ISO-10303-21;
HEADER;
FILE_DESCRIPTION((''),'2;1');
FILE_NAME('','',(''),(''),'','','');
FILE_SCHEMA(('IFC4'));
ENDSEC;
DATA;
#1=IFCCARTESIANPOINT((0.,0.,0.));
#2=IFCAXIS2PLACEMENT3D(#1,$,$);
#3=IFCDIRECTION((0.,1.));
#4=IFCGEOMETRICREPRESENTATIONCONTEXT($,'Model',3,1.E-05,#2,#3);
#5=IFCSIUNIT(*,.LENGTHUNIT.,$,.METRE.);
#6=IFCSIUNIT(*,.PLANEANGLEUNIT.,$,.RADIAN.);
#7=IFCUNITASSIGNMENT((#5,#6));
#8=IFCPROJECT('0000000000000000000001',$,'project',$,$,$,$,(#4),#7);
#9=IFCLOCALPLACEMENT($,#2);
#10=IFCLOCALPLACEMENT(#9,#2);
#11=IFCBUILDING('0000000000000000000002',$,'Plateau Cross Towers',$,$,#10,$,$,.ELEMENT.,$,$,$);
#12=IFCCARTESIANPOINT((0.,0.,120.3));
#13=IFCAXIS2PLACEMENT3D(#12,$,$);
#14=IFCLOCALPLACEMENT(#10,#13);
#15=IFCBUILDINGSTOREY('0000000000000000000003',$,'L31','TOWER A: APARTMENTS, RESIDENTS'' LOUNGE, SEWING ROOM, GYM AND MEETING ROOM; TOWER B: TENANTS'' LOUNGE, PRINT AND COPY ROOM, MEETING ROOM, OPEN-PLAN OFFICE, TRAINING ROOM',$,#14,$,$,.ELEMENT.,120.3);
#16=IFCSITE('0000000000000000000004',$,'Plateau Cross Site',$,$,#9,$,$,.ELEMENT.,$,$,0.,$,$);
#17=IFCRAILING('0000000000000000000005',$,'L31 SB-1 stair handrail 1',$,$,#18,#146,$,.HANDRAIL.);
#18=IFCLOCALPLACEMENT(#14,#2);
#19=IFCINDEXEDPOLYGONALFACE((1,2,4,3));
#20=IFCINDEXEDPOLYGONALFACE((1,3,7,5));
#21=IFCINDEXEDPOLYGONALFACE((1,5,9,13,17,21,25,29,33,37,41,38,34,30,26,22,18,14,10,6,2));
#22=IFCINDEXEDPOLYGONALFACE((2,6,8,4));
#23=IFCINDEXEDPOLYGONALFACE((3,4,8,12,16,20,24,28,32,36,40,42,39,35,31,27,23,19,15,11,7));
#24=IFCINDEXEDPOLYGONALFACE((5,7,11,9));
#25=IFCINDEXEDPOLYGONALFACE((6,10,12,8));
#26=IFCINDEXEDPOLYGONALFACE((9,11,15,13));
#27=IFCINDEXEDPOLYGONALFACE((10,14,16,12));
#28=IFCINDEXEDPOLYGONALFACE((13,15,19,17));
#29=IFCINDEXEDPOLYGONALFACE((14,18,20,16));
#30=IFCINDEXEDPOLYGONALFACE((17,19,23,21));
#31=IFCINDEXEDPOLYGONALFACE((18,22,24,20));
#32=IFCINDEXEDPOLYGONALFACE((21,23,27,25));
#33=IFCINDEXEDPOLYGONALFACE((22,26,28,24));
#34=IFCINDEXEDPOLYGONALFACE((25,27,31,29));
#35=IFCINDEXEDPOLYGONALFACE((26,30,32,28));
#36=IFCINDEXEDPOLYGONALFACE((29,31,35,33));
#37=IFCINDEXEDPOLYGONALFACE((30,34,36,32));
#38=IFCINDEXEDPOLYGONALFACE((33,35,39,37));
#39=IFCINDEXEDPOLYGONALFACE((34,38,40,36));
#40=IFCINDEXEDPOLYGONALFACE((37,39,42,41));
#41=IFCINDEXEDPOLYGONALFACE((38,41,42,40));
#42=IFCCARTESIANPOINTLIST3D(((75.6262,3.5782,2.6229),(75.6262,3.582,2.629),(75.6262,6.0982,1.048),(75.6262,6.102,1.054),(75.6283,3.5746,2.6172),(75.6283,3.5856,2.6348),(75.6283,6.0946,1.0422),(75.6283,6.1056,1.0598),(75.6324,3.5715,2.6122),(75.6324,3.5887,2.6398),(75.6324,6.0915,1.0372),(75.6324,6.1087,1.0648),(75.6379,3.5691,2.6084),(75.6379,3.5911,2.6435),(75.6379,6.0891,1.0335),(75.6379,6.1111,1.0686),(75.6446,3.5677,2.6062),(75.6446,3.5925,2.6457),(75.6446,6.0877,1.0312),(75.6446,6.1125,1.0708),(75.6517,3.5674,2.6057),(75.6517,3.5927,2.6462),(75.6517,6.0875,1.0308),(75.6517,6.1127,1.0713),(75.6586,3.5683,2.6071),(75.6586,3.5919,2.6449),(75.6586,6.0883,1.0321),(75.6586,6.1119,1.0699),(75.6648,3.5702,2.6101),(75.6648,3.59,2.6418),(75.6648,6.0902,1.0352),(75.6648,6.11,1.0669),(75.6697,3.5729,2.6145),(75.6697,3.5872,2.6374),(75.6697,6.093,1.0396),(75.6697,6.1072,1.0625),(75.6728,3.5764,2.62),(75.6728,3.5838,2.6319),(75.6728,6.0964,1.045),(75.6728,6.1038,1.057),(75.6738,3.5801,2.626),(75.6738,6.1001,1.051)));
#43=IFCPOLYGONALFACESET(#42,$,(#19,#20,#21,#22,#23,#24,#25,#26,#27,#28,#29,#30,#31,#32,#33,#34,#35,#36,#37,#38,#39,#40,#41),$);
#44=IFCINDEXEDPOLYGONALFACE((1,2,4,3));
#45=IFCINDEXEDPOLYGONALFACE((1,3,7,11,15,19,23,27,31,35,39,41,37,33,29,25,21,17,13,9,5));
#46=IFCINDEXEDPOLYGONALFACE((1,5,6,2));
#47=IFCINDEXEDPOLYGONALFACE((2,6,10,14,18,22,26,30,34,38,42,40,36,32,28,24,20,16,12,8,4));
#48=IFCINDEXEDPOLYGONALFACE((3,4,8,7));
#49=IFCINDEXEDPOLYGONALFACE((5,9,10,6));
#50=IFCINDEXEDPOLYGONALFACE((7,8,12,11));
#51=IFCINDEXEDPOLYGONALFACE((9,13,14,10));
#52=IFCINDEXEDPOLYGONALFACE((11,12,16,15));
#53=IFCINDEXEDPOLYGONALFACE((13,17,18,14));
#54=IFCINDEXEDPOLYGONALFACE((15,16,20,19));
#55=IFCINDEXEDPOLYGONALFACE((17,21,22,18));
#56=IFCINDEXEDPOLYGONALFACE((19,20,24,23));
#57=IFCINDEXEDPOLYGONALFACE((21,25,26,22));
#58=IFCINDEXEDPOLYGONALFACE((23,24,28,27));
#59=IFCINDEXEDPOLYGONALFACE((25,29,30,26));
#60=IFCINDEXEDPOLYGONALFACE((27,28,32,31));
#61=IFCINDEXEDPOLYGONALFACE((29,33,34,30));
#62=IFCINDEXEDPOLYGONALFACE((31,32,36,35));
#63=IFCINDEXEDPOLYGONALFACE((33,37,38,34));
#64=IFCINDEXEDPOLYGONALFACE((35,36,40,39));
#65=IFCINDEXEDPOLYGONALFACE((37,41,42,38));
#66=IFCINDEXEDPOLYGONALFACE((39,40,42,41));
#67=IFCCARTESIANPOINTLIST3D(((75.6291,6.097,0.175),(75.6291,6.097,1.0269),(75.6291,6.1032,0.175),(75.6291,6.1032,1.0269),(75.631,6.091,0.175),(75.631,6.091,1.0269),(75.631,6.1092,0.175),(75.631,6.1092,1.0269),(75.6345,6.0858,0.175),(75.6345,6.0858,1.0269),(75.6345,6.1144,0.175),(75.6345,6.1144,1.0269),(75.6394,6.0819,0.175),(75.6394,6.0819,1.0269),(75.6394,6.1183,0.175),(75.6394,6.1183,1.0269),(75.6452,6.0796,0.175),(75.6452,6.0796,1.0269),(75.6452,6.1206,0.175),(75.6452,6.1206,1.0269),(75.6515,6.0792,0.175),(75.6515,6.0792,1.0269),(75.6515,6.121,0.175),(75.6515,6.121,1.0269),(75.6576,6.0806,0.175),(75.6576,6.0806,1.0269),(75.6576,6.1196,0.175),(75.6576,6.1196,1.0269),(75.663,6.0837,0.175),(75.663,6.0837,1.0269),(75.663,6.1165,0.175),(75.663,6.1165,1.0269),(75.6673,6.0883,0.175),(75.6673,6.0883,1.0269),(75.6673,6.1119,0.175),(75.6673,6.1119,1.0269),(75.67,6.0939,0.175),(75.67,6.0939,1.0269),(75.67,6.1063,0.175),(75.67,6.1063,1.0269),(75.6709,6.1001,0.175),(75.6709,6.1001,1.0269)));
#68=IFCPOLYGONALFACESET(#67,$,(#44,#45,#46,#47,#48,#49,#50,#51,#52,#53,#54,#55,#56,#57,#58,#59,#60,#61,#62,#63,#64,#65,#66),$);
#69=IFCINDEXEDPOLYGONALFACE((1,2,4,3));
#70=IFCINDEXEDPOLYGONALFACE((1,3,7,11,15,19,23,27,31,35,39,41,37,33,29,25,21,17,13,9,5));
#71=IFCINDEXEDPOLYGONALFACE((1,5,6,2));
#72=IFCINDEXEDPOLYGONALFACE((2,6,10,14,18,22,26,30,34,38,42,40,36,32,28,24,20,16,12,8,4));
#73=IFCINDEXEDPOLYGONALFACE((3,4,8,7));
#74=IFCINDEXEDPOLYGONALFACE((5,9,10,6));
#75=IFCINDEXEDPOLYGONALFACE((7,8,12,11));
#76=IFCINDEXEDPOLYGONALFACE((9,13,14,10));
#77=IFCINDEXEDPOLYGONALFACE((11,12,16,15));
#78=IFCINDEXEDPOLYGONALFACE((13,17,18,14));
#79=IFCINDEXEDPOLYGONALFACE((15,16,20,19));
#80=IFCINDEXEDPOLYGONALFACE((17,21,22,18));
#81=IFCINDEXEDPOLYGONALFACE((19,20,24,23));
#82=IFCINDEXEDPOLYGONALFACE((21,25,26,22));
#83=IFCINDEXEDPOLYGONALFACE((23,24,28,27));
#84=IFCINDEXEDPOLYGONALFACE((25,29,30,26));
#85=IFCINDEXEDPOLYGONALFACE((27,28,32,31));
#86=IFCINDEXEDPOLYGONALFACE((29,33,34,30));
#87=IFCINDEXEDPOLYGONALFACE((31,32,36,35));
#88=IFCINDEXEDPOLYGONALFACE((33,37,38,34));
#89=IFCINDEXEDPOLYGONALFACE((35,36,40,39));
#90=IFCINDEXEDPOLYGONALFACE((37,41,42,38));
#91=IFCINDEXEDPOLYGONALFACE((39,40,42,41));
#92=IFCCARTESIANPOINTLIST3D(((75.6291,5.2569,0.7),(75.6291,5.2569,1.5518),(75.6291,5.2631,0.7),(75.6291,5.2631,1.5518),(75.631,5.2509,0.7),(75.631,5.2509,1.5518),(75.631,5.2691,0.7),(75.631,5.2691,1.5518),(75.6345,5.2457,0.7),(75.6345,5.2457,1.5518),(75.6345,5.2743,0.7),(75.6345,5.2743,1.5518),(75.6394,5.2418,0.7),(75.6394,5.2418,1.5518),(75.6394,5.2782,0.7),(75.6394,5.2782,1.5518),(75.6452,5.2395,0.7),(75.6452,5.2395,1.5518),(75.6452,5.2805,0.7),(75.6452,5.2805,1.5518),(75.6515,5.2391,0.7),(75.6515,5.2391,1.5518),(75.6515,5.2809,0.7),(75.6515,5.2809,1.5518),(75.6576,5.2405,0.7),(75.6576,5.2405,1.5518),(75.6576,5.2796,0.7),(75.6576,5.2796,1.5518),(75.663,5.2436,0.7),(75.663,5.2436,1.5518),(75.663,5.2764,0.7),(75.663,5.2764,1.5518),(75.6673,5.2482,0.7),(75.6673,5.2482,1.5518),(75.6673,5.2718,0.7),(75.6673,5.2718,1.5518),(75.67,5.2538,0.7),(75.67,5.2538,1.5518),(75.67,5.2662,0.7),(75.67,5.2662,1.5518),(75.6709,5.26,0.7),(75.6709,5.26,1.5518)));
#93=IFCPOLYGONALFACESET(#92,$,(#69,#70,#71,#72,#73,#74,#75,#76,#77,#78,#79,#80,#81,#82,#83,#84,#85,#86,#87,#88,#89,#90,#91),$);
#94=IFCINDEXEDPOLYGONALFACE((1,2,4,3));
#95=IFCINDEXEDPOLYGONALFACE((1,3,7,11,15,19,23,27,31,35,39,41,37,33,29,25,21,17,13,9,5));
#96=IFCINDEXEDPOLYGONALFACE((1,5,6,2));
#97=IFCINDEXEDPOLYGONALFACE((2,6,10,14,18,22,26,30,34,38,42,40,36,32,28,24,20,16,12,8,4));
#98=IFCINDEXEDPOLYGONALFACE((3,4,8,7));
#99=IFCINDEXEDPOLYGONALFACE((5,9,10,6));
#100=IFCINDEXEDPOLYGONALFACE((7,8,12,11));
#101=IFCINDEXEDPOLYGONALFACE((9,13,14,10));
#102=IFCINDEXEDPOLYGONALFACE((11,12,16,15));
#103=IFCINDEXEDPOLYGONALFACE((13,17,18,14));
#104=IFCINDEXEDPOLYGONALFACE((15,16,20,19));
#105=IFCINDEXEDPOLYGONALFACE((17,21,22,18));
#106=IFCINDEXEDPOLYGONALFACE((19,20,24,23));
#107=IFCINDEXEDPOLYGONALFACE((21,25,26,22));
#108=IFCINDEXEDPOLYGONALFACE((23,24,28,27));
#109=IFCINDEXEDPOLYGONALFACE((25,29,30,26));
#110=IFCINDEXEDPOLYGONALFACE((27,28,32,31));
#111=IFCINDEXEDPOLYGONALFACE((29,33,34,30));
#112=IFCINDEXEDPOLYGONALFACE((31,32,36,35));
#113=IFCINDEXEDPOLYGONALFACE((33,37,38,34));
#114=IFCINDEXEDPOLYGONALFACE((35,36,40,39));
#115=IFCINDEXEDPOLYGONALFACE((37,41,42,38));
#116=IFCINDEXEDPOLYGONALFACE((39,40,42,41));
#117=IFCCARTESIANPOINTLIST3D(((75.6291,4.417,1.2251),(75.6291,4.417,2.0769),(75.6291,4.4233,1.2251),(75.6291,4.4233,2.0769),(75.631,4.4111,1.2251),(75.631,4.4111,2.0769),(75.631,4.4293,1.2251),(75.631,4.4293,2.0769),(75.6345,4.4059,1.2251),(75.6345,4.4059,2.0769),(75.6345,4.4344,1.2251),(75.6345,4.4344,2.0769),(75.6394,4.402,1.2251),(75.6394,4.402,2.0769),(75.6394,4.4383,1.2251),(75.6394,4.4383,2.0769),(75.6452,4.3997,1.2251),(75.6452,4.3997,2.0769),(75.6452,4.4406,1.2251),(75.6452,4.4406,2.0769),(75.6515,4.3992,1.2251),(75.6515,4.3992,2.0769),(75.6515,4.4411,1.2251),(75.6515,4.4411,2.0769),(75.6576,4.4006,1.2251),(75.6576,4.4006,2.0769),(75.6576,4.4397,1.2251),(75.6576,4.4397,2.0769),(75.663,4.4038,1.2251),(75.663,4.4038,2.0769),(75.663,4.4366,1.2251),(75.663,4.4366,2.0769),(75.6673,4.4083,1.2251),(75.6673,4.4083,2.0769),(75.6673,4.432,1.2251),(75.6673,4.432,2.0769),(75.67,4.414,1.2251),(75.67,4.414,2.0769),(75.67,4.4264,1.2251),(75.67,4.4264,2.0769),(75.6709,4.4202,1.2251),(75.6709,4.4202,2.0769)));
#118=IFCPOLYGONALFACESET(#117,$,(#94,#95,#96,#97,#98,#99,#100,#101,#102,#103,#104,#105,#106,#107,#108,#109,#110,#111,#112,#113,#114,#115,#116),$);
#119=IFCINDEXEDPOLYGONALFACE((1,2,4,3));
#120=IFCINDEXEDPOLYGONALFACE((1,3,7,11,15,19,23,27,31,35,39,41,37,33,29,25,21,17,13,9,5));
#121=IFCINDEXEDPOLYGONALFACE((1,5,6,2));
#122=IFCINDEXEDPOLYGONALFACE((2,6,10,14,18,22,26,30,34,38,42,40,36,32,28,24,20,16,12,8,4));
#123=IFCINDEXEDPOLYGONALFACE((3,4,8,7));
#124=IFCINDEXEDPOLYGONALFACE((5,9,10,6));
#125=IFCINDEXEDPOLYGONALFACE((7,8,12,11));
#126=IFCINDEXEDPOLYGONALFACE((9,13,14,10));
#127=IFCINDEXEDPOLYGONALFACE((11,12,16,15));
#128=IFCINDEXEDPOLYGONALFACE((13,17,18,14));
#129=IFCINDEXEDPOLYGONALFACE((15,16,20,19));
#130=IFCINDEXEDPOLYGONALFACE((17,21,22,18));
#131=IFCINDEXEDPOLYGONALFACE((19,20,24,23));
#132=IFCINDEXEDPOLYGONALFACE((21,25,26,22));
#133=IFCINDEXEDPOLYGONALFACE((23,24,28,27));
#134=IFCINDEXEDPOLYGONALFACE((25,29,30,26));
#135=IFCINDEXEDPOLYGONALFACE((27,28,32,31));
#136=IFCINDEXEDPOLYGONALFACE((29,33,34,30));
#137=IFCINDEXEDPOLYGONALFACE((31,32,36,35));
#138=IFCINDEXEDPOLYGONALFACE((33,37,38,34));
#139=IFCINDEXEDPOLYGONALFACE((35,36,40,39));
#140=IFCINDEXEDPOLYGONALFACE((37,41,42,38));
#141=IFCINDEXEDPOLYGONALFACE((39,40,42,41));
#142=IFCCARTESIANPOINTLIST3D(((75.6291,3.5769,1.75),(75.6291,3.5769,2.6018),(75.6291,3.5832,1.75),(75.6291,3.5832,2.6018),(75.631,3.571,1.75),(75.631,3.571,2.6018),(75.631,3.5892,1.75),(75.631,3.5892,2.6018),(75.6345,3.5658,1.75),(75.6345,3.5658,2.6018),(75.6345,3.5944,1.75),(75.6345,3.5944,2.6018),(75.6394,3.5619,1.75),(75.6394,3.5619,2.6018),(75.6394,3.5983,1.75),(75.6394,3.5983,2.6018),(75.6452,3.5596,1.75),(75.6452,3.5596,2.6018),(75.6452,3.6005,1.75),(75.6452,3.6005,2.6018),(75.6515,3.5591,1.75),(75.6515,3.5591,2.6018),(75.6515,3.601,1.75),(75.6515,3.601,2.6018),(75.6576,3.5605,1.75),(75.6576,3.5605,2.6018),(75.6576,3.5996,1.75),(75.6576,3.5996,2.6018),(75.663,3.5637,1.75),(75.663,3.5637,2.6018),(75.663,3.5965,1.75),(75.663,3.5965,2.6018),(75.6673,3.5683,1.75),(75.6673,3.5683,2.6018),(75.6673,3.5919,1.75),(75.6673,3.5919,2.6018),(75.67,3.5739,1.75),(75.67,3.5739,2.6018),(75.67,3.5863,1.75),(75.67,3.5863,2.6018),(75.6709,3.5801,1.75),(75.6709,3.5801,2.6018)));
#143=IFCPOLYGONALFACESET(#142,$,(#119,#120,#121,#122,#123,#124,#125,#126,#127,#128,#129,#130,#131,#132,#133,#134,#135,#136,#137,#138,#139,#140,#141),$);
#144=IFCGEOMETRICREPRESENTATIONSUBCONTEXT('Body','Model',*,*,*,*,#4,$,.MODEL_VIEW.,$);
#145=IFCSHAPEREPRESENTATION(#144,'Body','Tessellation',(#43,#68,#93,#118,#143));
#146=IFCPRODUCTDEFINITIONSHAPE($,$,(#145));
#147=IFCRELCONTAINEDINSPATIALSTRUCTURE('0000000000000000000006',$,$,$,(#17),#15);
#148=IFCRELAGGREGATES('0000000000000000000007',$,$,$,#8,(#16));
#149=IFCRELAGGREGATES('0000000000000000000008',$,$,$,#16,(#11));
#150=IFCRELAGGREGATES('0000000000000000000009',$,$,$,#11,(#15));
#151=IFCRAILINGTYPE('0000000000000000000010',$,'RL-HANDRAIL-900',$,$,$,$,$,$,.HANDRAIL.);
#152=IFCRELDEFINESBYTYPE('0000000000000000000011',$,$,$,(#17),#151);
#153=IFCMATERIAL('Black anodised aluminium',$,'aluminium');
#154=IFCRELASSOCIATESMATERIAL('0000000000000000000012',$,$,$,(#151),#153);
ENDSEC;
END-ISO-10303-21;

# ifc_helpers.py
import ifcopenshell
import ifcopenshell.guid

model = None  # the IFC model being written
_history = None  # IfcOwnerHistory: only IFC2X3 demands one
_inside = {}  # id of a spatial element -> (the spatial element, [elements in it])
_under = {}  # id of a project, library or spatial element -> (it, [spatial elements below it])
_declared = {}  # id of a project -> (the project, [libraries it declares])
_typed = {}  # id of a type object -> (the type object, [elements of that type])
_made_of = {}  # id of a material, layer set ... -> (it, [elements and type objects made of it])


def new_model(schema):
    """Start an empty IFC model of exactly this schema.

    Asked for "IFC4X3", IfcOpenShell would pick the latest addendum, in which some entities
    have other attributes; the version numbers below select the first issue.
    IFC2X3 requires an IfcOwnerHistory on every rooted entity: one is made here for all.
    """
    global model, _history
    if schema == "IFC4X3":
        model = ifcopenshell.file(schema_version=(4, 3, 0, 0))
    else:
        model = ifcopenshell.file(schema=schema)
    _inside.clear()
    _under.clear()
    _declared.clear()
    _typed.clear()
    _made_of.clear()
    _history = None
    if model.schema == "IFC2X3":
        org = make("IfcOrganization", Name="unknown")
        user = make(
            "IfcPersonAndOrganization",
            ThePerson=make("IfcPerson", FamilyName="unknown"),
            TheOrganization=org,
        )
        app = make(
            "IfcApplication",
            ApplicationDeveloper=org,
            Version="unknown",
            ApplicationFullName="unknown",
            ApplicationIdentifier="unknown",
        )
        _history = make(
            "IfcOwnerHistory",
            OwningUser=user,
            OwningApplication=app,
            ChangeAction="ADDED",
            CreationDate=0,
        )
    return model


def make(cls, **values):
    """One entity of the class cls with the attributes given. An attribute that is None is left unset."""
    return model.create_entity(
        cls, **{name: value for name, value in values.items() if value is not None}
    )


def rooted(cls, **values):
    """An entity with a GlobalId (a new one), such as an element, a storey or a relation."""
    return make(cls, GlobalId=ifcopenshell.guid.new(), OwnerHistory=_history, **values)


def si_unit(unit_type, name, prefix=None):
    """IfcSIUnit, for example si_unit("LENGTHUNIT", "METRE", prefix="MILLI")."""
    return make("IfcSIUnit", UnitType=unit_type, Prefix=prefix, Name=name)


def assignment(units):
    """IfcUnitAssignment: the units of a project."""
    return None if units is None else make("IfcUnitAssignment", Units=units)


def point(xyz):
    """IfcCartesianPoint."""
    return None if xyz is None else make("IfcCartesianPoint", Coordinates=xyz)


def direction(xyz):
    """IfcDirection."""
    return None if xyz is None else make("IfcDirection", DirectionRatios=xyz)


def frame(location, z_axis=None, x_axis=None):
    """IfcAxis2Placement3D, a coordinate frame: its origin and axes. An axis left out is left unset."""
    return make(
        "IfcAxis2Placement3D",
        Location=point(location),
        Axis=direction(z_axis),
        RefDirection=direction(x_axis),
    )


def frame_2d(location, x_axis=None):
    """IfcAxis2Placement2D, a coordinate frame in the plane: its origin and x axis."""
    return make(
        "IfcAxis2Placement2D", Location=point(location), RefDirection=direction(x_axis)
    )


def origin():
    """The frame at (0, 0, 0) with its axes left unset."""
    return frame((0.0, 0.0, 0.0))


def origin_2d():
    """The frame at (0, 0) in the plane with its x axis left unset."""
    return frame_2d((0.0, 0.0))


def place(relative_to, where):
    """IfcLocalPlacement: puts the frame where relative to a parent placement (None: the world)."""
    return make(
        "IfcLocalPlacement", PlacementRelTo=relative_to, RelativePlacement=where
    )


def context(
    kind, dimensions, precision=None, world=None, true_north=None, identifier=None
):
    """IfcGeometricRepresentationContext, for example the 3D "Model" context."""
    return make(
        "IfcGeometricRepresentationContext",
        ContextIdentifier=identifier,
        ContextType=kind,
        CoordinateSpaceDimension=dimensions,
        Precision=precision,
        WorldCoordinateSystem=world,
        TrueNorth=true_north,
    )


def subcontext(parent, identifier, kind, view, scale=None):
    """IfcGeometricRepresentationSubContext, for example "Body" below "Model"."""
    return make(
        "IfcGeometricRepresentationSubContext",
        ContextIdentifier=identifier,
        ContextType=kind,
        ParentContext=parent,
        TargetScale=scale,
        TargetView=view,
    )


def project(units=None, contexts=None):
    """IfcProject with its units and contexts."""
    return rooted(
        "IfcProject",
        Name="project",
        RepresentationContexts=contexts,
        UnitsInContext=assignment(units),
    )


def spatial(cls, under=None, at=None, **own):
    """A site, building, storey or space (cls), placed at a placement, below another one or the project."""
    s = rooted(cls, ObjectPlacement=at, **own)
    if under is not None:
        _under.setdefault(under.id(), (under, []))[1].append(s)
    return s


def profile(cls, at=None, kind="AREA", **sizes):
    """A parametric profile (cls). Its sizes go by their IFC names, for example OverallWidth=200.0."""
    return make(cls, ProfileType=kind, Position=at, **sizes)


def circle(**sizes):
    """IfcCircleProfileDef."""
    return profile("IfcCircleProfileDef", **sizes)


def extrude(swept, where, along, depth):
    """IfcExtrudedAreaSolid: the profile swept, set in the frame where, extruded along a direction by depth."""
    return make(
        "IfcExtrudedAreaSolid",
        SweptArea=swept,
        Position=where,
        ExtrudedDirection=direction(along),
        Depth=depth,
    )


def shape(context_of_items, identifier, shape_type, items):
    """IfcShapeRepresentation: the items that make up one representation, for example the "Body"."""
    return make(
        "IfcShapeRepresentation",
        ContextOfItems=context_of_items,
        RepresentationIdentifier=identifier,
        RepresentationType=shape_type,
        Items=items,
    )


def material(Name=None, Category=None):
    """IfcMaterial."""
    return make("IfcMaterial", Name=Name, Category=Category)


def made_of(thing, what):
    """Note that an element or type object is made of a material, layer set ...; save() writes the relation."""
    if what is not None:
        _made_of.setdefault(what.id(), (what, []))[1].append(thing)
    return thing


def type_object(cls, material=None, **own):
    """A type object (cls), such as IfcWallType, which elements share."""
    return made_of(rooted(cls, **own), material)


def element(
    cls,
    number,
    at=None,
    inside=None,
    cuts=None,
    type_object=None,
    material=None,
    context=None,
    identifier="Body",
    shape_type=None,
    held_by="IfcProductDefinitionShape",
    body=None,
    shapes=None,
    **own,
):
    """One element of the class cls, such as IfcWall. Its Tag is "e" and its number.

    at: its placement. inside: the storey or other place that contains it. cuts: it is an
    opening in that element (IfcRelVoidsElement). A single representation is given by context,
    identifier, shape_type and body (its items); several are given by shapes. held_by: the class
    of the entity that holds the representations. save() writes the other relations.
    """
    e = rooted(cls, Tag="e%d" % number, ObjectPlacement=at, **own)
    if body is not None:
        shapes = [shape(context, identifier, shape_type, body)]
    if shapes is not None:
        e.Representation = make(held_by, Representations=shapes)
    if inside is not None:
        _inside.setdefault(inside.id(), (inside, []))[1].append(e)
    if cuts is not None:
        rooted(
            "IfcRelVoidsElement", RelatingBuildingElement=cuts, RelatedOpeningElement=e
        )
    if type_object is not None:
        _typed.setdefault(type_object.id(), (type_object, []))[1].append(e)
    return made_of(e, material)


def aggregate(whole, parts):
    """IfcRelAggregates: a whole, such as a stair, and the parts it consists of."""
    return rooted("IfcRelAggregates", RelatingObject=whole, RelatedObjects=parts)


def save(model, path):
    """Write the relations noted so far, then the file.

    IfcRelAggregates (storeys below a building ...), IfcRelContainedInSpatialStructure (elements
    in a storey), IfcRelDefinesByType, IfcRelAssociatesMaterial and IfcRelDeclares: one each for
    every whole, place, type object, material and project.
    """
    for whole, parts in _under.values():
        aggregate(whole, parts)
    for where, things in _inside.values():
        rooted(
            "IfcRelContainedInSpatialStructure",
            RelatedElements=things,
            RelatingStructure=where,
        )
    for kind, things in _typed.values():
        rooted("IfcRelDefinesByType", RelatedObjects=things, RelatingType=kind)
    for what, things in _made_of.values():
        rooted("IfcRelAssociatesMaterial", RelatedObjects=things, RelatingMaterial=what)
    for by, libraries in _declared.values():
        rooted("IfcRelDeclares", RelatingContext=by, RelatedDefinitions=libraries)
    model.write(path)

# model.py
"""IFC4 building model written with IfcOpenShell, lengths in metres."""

from ifc_helpers import new_model, si_unit, direction, frame, origin, origin_2d, place, context, subcontext, project, spatial, circle, extrude, material, type_object, element, save


model = new_model("IFC4")

# Units and contexts
model_context = context("Model", 3, precision=1e-05, world=origin(), true_north=direction((0.0, 1.0)))
body_context = subcontext(model_context, "Body", "Model", "MODEL_VIEW")
ifc_project = project(units=[si_unit("LENGTHUNIT", "METRE"), si_unit("PLANEANGLEUNIT", "RADIAN")], contexts=[model_context])

# Site, building, storey
site_placement = place(None, origin())
site = spatial("IfcSite", under=ifc_project, at=site_placement, Name="Plateau Cross Site", CompositionType="ELEMENT", RefElevation=0.0)
building_placement = place(site_placement, origin())
building = spatial("IfcBuilding", under=site, at=building_placement, Name="Plateau Cross Towers", CompositionType="ELEMENT")
storey_placement = place(building_placement, frame((0.0, 0.0, 120.3)))
storey = spatial("IfcBuildingStorey", under=building, at=storey_placement, Name="L31", Description="TOWER A: APARTMENTS, RESIDENTS' LOUNGE, SEWING ROOM, GYM AND MEETING ROOM; TOWER B: TENANTS' LOUNGE, PRINT AND COPY ROOM, MEETING ROOM, OPEN-PLAN OFFICE, TRAINING ROOM", CompositionType="ELEMENT", Elevation=120.3)

# Shared definitions
ifc_material_1 = material(Name="Black anodised aluminium", Category="aluminium")

# Railing
railing_type_1 = type_object("IfcRailingType", Name="RL-HANDRAIL-900", PredefinedType="HANDRAIL", material=ifc_material_1)
railing_1_placement = place(storey_placement, frame((75.6499, 6.1001, 0.175)))
element("IfcRailing", 1, at=railing_1_placement, inside=storey, type_object=railing_type_1, Name="L31 SB-1 stair handrail 1", PredefinedType="HANDRAIL", context=body_context, shape_type="SweptSolid", body=[
    extrude(circle(Radius=0.0239, at=origin_2d()), frame((0.0, 0.0, 0.876), z_axis=(0.0, -0.848008, 0.529984), x_axis=(1.0, 0.0, 0.0)), (0.0, 0.0, 1.0), 2.9717),
    extrude(circle(Radius=0.021, at=origin_2d()), origin(), (0.0, 0.0, 1.0), 0.8518),
    extrude(circle(Radius=0.021, at=origin_2d()), frame((0.0, -0.8401, 0.5249)), (0.0, 0.0, 1.0), 0.8518),
    extrude(circle(Radius=0.021, at=origin_2d()), frame((0.0, -1.6799, 1.05)), (0.0, 0.0, 1.0), 0.8518),
    extrude(circle(Radius=0.021, at=origin_2d()), frame((0.0, -2.52, 1.575)), (0.0, 0.0, 1.0), 0.8518),
])

save(model, "model.ifc")
